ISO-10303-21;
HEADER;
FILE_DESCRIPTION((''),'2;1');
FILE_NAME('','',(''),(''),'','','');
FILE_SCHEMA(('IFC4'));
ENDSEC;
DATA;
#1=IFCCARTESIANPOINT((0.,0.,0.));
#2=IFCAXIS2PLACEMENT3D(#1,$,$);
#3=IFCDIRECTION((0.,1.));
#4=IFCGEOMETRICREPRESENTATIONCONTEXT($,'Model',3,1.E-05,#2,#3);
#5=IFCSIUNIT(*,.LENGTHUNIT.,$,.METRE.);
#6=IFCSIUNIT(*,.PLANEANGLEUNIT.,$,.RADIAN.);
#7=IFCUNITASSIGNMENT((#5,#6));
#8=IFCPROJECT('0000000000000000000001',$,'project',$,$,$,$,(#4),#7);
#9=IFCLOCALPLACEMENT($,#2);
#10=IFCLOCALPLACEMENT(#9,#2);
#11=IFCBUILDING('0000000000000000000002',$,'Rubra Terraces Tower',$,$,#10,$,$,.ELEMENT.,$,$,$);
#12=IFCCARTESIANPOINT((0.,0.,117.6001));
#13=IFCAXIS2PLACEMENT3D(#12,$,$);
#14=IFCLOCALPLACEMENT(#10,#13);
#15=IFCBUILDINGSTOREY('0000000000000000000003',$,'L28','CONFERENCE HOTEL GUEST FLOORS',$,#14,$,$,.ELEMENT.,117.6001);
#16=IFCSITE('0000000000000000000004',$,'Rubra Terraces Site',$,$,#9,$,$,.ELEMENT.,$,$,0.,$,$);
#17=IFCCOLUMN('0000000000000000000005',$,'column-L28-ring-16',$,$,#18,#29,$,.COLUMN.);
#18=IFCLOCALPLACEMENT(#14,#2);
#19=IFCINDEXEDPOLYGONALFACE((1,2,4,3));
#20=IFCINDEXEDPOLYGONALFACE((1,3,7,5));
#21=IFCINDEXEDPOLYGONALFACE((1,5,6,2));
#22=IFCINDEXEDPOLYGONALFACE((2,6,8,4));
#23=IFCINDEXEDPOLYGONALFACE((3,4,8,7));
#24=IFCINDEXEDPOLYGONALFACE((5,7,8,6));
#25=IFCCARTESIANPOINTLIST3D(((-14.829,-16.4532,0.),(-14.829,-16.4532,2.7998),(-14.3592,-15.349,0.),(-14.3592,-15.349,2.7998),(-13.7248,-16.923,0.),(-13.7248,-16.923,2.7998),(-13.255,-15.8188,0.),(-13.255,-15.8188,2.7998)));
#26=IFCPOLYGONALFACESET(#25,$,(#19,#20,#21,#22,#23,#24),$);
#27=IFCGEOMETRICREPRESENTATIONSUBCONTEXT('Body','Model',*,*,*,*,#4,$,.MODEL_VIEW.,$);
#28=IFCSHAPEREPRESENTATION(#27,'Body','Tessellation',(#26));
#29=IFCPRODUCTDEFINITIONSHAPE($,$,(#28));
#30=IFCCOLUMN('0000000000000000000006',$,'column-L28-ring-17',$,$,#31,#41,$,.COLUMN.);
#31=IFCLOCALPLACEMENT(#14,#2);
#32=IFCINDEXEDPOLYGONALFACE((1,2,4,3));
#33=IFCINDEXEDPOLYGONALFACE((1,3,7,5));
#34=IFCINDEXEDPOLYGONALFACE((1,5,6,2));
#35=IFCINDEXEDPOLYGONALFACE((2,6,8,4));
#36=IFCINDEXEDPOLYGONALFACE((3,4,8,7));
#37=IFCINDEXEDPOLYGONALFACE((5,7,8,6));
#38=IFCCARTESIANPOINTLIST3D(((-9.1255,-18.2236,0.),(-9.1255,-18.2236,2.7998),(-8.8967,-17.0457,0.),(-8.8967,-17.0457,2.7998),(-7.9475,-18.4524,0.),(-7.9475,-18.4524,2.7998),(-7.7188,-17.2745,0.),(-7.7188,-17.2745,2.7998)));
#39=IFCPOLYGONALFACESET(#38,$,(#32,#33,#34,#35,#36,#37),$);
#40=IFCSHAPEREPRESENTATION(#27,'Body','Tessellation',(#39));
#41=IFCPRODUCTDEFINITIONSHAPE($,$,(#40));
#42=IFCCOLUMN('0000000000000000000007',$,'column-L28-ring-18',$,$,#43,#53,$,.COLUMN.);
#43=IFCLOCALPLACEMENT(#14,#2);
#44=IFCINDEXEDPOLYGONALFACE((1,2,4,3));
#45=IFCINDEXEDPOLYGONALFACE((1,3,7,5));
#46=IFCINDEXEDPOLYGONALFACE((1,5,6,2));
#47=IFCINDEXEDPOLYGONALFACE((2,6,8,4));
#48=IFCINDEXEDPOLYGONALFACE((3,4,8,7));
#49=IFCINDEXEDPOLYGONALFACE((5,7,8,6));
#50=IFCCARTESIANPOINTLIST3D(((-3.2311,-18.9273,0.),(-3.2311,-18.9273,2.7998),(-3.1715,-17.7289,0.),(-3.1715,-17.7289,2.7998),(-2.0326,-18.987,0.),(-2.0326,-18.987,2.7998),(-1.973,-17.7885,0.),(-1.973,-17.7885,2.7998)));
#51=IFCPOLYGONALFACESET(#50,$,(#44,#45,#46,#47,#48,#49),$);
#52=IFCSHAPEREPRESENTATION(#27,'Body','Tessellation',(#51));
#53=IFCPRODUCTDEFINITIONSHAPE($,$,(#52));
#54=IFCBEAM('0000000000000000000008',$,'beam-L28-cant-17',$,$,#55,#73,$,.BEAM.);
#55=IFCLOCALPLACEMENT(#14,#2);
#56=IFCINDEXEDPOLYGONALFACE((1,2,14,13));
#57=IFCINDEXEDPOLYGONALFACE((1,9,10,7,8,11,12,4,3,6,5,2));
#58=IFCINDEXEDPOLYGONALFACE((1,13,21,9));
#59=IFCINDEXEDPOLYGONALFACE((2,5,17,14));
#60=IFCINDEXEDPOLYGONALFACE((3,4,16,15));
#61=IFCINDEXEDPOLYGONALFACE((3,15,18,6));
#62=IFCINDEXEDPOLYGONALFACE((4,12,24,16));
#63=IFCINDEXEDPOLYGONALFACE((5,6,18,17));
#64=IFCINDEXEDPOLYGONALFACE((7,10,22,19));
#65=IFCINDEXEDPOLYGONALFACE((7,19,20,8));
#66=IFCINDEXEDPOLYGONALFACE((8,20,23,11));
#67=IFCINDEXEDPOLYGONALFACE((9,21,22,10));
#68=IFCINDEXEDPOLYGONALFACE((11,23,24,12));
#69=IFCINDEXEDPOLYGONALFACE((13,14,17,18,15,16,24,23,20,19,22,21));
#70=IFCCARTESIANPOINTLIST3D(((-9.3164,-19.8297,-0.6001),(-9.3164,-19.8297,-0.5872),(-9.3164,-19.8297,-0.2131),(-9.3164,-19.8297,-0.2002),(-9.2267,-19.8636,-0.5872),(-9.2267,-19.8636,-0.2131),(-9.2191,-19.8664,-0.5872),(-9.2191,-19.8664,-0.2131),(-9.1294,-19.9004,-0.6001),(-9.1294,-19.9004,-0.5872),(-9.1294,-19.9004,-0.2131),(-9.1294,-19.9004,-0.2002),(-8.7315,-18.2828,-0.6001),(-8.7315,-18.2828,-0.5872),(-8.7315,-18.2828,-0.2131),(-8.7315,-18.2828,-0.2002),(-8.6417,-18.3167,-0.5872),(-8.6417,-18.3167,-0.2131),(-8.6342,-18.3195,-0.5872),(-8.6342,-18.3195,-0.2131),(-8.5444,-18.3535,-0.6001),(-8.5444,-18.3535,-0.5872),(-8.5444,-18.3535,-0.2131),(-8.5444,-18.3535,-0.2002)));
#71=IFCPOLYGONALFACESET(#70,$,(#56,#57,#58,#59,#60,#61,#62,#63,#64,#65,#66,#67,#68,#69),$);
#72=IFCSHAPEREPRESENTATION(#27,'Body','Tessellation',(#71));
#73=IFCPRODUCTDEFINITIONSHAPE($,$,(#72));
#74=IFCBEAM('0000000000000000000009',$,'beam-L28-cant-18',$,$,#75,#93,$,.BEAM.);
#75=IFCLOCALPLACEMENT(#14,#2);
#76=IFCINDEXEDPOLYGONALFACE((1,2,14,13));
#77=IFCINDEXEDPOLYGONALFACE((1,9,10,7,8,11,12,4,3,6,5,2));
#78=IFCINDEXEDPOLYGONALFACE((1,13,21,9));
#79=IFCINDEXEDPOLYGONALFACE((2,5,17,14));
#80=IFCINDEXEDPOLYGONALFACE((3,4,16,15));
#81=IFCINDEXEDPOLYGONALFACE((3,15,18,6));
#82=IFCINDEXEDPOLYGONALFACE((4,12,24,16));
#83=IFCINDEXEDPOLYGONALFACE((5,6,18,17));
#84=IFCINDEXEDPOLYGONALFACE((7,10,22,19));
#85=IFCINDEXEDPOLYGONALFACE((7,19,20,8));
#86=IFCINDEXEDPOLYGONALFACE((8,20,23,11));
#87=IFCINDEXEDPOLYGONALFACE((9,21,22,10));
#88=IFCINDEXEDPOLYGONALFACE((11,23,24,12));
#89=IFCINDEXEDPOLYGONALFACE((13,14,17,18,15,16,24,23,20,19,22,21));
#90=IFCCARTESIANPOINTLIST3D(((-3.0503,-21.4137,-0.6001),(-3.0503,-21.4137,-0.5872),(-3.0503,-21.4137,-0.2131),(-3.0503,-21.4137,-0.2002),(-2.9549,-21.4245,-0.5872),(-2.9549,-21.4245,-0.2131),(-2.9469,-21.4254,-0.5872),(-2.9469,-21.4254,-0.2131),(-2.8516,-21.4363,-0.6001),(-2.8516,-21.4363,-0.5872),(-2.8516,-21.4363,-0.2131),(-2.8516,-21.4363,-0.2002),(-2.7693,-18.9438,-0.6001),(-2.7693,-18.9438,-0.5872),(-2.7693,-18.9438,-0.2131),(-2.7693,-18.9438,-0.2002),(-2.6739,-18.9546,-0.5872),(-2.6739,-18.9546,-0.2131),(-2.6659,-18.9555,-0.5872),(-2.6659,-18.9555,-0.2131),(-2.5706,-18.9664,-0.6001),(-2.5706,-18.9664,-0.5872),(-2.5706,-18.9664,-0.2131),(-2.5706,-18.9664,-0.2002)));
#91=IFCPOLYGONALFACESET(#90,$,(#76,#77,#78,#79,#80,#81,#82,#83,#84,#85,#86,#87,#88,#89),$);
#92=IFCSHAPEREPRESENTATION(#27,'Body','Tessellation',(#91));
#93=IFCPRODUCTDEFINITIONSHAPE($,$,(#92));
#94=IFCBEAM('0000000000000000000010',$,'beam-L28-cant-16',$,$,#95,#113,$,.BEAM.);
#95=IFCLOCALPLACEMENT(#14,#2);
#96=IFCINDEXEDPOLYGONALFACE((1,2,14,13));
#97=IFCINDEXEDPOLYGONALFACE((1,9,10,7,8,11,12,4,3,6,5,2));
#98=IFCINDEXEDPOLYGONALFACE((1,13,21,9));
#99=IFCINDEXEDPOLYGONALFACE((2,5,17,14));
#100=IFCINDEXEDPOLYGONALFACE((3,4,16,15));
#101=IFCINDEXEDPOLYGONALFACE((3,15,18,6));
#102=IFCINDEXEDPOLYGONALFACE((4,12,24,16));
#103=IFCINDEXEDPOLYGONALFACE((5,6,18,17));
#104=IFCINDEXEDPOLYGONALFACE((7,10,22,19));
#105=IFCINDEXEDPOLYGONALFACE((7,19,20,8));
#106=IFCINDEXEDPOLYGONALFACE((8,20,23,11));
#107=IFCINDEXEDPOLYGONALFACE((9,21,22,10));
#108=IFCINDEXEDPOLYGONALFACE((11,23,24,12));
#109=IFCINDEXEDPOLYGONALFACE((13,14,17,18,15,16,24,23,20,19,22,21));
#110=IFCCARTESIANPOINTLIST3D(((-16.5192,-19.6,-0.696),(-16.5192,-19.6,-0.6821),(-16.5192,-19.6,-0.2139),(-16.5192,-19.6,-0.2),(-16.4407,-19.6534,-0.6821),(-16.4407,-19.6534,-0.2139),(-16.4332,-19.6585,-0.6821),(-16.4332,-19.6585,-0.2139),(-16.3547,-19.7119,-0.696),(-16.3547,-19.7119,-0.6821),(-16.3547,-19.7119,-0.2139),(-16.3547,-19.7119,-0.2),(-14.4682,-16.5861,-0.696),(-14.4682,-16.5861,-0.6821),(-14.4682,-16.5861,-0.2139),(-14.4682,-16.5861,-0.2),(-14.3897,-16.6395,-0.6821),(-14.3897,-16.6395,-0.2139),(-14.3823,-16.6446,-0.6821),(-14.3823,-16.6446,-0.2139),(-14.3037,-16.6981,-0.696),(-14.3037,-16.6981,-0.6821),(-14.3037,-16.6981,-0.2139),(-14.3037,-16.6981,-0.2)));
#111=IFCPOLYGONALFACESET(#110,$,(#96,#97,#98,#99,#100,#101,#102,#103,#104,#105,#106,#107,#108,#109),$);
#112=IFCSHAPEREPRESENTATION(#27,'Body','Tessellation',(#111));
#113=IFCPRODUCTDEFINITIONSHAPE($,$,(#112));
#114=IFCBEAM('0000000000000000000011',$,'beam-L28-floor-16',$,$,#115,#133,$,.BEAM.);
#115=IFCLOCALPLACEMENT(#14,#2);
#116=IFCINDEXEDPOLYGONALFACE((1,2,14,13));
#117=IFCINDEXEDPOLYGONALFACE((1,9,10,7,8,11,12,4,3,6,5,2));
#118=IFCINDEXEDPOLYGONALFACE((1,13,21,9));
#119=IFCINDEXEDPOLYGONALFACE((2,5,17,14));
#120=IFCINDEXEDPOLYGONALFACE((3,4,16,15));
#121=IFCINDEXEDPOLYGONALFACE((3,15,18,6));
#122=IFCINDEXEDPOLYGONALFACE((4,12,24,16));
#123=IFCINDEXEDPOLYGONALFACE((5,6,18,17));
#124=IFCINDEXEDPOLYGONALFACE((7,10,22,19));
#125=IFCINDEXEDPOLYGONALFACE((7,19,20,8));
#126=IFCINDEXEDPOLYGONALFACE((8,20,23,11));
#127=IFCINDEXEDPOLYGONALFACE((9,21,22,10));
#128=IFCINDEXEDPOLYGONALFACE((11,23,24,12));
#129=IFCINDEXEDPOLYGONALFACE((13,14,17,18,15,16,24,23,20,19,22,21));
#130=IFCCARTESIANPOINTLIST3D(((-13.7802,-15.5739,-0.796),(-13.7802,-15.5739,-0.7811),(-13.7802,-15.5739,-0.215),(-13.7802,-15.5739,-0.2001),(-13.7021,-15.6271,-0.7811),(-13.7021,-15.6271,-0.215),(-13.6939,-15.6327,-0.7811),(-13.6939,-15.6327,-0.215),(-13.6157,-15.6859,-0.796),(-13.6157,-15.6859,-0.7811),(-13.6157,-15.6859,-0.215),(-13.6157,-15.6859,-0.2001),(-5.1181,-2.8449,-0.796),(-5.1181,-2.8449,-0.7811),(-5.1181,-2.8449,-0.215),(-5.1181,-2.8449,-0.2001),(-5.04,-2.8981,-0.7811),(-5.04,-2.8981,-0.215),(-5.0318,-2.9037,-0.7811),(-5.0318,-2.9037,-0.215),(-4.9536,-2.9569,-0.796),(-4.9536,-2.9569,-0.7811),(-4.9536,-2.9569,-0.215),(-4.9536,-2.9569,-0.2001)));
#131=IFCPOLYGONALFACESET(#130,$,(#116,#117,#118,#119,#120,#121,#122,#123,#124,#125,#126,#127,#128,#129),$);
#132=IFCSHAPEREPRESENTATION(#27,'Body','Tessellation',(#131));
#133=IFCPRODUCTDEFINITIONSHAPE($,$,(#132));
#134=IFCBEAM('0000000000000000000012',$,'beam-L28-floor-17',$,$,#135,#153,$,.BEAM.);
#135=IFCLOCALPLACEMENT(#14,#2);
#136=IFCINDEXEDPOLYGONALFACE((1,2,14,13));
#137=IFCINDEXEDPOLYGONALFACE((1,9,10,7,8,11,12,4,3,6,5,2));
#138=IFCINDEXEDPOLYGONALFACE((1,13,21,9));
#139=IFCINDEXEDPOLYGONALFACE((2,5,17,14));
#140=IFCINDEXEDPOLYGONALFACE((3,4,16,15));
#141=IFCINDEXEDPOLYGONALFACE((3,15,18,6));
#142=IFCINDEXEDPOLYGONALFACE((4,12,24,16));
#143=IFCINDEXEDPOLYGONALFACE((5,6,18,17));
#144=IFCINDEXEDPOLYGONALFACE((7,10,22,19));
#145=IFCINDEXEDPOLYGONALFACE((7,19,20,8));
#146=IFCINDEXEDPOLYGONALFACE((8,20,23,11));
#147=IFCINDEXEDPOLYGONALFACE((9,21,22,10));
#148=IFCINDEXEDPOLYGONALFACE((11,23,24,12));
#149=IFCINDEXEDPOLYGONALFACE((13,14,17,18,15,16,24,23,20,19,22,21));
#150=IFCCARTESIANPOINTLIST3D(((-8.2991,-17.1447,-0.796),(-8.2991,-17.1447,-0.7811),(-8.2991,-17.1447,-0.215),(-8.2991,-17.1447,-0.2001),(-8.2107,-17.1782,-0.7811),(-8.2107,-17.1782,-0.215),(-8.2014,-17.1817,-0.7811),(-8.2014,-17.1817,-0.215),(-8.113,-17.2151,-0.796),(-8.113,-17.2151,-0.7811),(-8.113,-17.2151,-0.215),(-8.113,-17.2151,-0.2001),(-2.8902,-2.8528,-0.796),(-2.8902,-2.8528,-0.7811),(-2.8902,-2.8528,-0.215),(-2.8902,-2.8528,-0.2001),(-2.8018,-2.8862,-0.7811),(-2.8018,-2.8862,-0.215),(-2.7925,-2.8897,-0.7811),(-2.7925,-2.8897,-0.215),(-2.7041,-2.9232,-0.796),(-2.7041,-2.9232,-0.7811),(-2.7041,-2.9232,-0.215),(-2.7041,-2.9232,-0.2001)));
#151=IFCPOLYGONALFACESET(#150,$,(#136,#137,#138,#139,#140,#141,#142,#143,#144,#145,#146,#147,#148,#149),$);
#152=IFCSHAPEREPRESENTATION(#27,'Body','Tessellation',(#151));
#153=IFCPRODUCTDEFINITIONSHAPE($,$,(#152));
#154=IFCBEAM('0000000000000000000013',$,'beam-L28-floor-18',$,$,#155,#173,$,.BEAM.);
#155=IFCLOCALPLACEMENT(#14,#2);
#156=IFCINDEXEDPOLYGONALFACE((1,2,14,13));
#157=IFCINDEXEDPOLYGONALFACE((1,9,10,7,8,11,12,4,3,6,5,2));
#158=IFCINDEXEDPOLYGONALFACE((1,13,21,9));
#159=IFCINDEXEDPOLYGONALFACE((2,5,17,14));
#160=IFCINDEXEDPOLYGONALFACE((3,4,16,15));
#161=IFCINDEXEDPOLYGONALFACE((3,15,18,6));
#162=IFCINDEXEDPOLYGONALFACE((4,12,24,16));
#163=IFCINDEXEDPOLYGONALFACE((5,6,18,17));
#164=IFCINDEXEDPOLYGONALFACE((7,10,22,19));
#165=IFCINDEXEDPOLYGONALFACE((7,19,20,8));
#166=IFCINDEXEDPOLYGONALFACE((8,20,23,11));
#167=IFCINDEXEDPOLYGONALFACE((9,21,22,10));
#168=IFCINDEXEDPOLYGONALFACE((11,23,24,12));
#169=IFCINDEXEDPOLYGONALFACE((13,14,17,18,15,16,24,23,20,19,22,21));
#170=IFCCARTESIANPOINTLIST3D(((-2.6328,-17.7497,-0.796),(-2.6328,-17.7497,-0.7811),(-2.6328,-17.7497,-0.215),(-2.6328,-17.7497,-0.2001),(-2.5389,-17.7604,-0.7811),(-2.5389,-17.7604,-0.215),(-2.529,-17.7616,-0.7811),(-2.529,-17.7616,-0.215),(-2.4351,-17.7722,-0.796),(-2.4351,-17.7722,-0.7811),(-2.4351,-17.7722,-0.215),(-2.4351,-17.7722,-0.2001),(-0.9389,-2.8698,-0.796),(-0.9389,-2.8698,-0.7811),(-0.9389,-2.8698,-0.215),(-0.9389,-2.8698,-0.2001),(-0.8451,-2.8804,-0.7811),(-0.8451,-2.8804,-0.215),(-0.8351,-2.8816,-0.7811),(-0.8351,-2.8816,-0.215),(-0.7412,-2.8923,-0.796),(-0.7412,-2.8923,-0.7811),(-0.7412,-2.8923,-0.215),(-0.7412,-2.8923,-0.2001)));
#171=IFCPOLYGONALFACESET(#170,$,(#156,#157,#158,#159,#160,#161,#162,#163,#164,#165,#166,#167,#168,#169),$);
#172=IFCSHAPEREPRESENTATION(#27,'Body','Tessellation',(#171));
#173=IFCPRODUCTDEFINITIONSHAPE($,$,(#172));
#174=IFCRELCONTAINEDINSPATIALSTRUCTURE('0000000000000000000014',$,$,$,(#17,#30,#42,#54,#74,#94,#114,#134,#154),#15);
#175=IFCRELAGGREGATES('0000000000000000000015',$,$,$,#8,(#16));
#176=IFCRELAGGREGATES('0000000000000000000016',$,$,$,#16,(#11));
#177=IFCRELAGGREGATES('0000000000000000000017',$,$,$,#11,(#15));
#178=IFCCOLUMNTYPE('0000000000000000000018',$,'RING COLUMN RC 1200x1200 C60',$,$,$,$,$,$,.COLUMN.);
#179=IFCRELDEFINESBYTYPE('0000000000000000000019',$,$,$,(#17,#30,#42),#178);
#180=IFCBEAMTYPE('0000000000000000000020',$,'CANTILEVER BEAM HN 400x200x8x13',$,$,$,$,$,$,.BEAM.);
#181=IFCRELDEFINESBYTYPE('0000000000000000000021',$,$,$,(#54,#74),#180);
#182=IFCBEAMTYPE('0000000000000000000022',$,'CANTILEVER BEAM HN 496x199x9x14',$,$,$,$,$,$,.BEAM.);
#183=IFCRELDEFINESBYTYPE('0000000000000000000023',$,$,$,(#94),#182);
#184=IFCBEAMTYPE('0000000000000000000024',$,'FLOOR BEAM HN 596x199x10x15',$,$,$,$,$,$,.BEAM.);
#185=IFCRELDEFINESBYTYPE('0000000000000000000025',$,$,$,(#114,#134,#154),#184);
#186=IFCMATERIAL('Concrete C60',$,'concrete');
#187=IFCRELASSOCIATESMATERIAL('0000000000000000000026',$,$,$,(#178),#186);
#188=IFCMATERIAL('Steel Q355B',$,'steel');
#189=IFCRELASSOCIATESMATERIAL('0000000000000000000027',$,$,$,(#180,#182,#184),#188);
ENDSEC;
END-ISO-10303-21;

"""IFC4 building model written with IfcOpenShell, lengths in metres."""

from ifc_helpers import new_model, si_unit, direction, frame, origin, origin_2d, place, context, subcontext, project, spatial, rectangle, i_section, extrude, material, material_profile, profile_set, type_object, element, save


model = new_model("IFC4")

# Units and contexts
model_context = context("Model", 3, precision=1e-05, world=origin(), true_north=direction((0.0, 1.0)))
body_context = subcontext(model_context, "Body", "Model", "MODEL_VIEW")
ifc_project = project(units=[si_unit("LENGTHUNIT", "METRE"), si_unit("PLANEANGLEUNIT", "RADIAN")], contexts=[model_context])

# Site, building, storey
site_placement = place(None, origin())
site = spatial("IfcSite", under=ifc_project, at=site_placement, Name="Rubra Terraces Site", CompositionType="ELEMENT", RefElevation=0.0)
building_placement = place(site_placement, origin())
building = spatial("IfcBuilding", under=site, at=building_placement, Name="Rubra Terraces Tower", CompositionType="ELEMENT")
storey_placement = place(building_placement, frame((0.0, 0.0, 117.6001)))
storey = spatial("IfcBuildingStorey", under=building, at=storey_placement, Name="L28", Description="CONFERENCE HOTEL GUEST FLOORS", CompositionType="ELEMENT", Elevation=117.6001)

# Columns
ifc_material_1 = material(Name="Concrete C60", Category="concrete")
ifc_material_profile_1 = material_profile(ifc_material_1, rectangle(XDim=1.2, YDim=1.2, at=origin_2d()), Name="RC 1200x1200")
ifc_profile_set_1 = profile_set([ifc_material_profile_1], Name="Concrete C60")
column_type = type_object("IfcColumnType", Name="RING COLUMN RC 1200x1200 C60", PredefinedType="COLUMN", material=ifc_profile_set_1)
for number, where, z_axis, x_axis, name in (
    (1, (-14.042, -16.136, 0.0), (0.0, 0.0, 1.0), (0.920168, -0.391524, 0.0), "column-L28-ring-16"),
    (2, (-8.4221, -17.749, 0.0), (0.0, 0.0, 1.0), (0.981655, -0.190668, 0.0), "column-L28-ring-17"),
    (3, (-2.6021, -18.3579, 0.0), (0.0, 0.0, 1.0), (0.998764, -0.049699, 0.0), "column-L28-ring-18"),
):
    element("IfcColumn", number, at=place(storey_placement, frame(where, z_axis=z_axis, x_axis=x_axis)), inside=storey, type_object=column_type, Name=name, PredefinedType="COLUMN", context=body_context, shape_type="SweptSolid", body=[
        extrude(rectangle(XDim=1.2, YDim=1.2, at=origin_2d()), origin(), (0.0, 0.0, 1.0), 2.7998),
    ])

# Beams
ifc_material_2 = material(Name="Steel Q355B", Category="steel")
ifc_material_profile_2 = material_profile(ifc_material_2, i_section(OverallWidth=0.2, OverallDepth=0.3999, WebThickness=0.0081, FlangeThickness=0.0129, at=origin_2d()), Name="HN 400x200x8x13")
ifc_profile_set_2 = profile_set([ifc_material_profile_2], Name="Steel Q355B")
beam_type_1 = type_object("IfcBeamType", Name="CANTILEVER BEAM HN 400x200x8x13", PredefinedType="BEAM", material=ifc_profile_set_2)
beam_1_placement = place(storey_placement, frame((-8.6379, -18.3181, -0.4001), z_axis=(-0.353711, -0.935355, 0.0), x_axis=(0.935355, -0.353711, 0.0)))
element("IfcBeam", 4, at=beam_1_placement, inside=storey, type_object=beam_type_1, Name="beam-L28-cant-17", PredefinedType="BEAM", context=body_context, shape_type="SweptSolid", body=[
    extrude(i_section(OverallWidth=0.2, OverallDepth=0.3999, WebThickness=0.0081, FlangeThickness=0.0129, at=origin_2d()), origin(), (0.0, 0.0, 1.0), 1.6538),
])
beam_2_placement = place(storey_placement, frame((-2.6699, -18.9551, -0.4001), z_axis=(-0.11304, -0.99359, 0.0), x_axis=(0.99359, -0.11304, 0.0)))
element("IfcBeam", 5, at=beam_2_placement, inside=storey, type_object=beam_type_1, Name="beam-L28-cant-18", PredefinedType="BEAM", context=body_context, shape_type="SweptSolid", body=[
    extrude(i_section(OverallWidth=0.2, OverallDepth=0.3999, WebThickness=0.0081, FlangeThickness=0.0129, at=origin_2d()), origin(), (0.0, 0.0, 1.0), 2.4858),
])
ifc_material_profile_3 = material_profile(ifc_material_2, i_section(OverallWidth=0.199, OverallDepth=0.4961, WebThickness=0.009, FlangeThickness=0.0139, at=origin_2d()), Name="HN 496x199x9x14")
ifc_profile_set_3 = profile_set([ifc_material_profile_3], Name="Steel Q355B")
beam_type_2 = type_object("IfcBeamType", Name="CANTILEVER BEAM HN 496x199x9x14", PredefinedType="BEAM", material=ifc_profile_set_3)
beam_3_placement = place(storey_placement, frame((-14.386, -16.6421, -0.448), z_axis=(-0.562603, -0.826727, 0.0), x_axis=(0.826727, -0.562603, 0.0)))
element("IfcBeam", 6, at=beam_3_placement, inside=storey, type_object=beam_type_2, Name="beam-L28-cant-16", PredefinedType="BEAM", context=body_context, shape_type="SweptSolid", body=[
    extrude(i_section(OverallWidth=0.199, OverallDepth=0.4961, WebThickness=0.009, FlangeThickness=0.0139, at=origin_2d()), origin(), (0.0, 0.0, 1.0), 3.6455),
])
ifc_material_profile_4 = material_profile(ifc_material_2, i_section(OverallWidth=0.199, OverallDepth=0.5959, WebThickness=0.01, FlangeThickness=0.0149, at=origin_2d()), Name="HN 596x199x10x15")
ifc_profile_set_4 = profile_set([ifc_material_profile_4], Name="Steel Q355B")
beam_type_3 = type_object("IfcBeamType", Name="FLOOR BEAM HN 596x199x10x15", PredefinedType="BEAM", material=ifc_profile_set_4)
beam_4_placement = place(storey_placement, frame((-13.698, -15.6299, -0.498), z_axis=(0.562594, 0.826734, 0.0), x_axis=(-0.826734, 0.562594, 0.0)))
element("IfcBeam", 7, at=beam_4_placement, inside=storey, type_object=beam_type_3, Name="beam-L28-floor-16", PredefinedType="BEAM", context=body_context, shape_type="SweptSolid", body=[
    extrude(i_section(OverallWidth=0.199, OverallDepth=0.5959, WebThickness=0.01, FlangeThickness=0.0149, at=origin_2d()), origin(), (0.0, 0.0, 1.0), 15.3967),
])
beam_5_placement = place(storey_placement, frame((-8.2061, -17.1799, -0.498), z_axis=(0.353958, 0.935261, 0.0), x_axis=(-0.935261, 0.353958, 0.0)))
element("IfcBeam", 8, at=beam_5_placement, inside=storey, type_object=beam_type_3, Name="beam-L28-floor-17", PredefinedType="BEAM", context=body_context, shape_type="SweptSolid", body=[
    extrude(i_section(OverallWidth=0.199, OverallDepth=0.5959, WebThickness=0.01, FlangeThickness=0.0149, at=origin_2d()), origin(), (0.0, 0.0, 1.0), 15.2812),
])
beam_6_placement = place(storey_placement, frame((-2.5339, -17.761, -0.498), z_axis=(0.113104, 0.993583, 0.0), x_axis=(-0.993583, 0.113104, 0.0)))
element("IfcBeam", 9, at=beam_6_placement, inside=storey, type_object=beam_type_3, Name="beam-L28-floor-18", PredefinedType="BEAM", context=body_context, shape_type="SweptSolid", body=[
    extrude(i_section(OverallWidth=0.199, OverallDepth=0.5959, WebThickness=0.01, FlangeThickness=0.0149, at=origin_2d()), origin(), (0.0, 0.0, 1.0), 14.9761),
])

save(model, "model.ifc")
